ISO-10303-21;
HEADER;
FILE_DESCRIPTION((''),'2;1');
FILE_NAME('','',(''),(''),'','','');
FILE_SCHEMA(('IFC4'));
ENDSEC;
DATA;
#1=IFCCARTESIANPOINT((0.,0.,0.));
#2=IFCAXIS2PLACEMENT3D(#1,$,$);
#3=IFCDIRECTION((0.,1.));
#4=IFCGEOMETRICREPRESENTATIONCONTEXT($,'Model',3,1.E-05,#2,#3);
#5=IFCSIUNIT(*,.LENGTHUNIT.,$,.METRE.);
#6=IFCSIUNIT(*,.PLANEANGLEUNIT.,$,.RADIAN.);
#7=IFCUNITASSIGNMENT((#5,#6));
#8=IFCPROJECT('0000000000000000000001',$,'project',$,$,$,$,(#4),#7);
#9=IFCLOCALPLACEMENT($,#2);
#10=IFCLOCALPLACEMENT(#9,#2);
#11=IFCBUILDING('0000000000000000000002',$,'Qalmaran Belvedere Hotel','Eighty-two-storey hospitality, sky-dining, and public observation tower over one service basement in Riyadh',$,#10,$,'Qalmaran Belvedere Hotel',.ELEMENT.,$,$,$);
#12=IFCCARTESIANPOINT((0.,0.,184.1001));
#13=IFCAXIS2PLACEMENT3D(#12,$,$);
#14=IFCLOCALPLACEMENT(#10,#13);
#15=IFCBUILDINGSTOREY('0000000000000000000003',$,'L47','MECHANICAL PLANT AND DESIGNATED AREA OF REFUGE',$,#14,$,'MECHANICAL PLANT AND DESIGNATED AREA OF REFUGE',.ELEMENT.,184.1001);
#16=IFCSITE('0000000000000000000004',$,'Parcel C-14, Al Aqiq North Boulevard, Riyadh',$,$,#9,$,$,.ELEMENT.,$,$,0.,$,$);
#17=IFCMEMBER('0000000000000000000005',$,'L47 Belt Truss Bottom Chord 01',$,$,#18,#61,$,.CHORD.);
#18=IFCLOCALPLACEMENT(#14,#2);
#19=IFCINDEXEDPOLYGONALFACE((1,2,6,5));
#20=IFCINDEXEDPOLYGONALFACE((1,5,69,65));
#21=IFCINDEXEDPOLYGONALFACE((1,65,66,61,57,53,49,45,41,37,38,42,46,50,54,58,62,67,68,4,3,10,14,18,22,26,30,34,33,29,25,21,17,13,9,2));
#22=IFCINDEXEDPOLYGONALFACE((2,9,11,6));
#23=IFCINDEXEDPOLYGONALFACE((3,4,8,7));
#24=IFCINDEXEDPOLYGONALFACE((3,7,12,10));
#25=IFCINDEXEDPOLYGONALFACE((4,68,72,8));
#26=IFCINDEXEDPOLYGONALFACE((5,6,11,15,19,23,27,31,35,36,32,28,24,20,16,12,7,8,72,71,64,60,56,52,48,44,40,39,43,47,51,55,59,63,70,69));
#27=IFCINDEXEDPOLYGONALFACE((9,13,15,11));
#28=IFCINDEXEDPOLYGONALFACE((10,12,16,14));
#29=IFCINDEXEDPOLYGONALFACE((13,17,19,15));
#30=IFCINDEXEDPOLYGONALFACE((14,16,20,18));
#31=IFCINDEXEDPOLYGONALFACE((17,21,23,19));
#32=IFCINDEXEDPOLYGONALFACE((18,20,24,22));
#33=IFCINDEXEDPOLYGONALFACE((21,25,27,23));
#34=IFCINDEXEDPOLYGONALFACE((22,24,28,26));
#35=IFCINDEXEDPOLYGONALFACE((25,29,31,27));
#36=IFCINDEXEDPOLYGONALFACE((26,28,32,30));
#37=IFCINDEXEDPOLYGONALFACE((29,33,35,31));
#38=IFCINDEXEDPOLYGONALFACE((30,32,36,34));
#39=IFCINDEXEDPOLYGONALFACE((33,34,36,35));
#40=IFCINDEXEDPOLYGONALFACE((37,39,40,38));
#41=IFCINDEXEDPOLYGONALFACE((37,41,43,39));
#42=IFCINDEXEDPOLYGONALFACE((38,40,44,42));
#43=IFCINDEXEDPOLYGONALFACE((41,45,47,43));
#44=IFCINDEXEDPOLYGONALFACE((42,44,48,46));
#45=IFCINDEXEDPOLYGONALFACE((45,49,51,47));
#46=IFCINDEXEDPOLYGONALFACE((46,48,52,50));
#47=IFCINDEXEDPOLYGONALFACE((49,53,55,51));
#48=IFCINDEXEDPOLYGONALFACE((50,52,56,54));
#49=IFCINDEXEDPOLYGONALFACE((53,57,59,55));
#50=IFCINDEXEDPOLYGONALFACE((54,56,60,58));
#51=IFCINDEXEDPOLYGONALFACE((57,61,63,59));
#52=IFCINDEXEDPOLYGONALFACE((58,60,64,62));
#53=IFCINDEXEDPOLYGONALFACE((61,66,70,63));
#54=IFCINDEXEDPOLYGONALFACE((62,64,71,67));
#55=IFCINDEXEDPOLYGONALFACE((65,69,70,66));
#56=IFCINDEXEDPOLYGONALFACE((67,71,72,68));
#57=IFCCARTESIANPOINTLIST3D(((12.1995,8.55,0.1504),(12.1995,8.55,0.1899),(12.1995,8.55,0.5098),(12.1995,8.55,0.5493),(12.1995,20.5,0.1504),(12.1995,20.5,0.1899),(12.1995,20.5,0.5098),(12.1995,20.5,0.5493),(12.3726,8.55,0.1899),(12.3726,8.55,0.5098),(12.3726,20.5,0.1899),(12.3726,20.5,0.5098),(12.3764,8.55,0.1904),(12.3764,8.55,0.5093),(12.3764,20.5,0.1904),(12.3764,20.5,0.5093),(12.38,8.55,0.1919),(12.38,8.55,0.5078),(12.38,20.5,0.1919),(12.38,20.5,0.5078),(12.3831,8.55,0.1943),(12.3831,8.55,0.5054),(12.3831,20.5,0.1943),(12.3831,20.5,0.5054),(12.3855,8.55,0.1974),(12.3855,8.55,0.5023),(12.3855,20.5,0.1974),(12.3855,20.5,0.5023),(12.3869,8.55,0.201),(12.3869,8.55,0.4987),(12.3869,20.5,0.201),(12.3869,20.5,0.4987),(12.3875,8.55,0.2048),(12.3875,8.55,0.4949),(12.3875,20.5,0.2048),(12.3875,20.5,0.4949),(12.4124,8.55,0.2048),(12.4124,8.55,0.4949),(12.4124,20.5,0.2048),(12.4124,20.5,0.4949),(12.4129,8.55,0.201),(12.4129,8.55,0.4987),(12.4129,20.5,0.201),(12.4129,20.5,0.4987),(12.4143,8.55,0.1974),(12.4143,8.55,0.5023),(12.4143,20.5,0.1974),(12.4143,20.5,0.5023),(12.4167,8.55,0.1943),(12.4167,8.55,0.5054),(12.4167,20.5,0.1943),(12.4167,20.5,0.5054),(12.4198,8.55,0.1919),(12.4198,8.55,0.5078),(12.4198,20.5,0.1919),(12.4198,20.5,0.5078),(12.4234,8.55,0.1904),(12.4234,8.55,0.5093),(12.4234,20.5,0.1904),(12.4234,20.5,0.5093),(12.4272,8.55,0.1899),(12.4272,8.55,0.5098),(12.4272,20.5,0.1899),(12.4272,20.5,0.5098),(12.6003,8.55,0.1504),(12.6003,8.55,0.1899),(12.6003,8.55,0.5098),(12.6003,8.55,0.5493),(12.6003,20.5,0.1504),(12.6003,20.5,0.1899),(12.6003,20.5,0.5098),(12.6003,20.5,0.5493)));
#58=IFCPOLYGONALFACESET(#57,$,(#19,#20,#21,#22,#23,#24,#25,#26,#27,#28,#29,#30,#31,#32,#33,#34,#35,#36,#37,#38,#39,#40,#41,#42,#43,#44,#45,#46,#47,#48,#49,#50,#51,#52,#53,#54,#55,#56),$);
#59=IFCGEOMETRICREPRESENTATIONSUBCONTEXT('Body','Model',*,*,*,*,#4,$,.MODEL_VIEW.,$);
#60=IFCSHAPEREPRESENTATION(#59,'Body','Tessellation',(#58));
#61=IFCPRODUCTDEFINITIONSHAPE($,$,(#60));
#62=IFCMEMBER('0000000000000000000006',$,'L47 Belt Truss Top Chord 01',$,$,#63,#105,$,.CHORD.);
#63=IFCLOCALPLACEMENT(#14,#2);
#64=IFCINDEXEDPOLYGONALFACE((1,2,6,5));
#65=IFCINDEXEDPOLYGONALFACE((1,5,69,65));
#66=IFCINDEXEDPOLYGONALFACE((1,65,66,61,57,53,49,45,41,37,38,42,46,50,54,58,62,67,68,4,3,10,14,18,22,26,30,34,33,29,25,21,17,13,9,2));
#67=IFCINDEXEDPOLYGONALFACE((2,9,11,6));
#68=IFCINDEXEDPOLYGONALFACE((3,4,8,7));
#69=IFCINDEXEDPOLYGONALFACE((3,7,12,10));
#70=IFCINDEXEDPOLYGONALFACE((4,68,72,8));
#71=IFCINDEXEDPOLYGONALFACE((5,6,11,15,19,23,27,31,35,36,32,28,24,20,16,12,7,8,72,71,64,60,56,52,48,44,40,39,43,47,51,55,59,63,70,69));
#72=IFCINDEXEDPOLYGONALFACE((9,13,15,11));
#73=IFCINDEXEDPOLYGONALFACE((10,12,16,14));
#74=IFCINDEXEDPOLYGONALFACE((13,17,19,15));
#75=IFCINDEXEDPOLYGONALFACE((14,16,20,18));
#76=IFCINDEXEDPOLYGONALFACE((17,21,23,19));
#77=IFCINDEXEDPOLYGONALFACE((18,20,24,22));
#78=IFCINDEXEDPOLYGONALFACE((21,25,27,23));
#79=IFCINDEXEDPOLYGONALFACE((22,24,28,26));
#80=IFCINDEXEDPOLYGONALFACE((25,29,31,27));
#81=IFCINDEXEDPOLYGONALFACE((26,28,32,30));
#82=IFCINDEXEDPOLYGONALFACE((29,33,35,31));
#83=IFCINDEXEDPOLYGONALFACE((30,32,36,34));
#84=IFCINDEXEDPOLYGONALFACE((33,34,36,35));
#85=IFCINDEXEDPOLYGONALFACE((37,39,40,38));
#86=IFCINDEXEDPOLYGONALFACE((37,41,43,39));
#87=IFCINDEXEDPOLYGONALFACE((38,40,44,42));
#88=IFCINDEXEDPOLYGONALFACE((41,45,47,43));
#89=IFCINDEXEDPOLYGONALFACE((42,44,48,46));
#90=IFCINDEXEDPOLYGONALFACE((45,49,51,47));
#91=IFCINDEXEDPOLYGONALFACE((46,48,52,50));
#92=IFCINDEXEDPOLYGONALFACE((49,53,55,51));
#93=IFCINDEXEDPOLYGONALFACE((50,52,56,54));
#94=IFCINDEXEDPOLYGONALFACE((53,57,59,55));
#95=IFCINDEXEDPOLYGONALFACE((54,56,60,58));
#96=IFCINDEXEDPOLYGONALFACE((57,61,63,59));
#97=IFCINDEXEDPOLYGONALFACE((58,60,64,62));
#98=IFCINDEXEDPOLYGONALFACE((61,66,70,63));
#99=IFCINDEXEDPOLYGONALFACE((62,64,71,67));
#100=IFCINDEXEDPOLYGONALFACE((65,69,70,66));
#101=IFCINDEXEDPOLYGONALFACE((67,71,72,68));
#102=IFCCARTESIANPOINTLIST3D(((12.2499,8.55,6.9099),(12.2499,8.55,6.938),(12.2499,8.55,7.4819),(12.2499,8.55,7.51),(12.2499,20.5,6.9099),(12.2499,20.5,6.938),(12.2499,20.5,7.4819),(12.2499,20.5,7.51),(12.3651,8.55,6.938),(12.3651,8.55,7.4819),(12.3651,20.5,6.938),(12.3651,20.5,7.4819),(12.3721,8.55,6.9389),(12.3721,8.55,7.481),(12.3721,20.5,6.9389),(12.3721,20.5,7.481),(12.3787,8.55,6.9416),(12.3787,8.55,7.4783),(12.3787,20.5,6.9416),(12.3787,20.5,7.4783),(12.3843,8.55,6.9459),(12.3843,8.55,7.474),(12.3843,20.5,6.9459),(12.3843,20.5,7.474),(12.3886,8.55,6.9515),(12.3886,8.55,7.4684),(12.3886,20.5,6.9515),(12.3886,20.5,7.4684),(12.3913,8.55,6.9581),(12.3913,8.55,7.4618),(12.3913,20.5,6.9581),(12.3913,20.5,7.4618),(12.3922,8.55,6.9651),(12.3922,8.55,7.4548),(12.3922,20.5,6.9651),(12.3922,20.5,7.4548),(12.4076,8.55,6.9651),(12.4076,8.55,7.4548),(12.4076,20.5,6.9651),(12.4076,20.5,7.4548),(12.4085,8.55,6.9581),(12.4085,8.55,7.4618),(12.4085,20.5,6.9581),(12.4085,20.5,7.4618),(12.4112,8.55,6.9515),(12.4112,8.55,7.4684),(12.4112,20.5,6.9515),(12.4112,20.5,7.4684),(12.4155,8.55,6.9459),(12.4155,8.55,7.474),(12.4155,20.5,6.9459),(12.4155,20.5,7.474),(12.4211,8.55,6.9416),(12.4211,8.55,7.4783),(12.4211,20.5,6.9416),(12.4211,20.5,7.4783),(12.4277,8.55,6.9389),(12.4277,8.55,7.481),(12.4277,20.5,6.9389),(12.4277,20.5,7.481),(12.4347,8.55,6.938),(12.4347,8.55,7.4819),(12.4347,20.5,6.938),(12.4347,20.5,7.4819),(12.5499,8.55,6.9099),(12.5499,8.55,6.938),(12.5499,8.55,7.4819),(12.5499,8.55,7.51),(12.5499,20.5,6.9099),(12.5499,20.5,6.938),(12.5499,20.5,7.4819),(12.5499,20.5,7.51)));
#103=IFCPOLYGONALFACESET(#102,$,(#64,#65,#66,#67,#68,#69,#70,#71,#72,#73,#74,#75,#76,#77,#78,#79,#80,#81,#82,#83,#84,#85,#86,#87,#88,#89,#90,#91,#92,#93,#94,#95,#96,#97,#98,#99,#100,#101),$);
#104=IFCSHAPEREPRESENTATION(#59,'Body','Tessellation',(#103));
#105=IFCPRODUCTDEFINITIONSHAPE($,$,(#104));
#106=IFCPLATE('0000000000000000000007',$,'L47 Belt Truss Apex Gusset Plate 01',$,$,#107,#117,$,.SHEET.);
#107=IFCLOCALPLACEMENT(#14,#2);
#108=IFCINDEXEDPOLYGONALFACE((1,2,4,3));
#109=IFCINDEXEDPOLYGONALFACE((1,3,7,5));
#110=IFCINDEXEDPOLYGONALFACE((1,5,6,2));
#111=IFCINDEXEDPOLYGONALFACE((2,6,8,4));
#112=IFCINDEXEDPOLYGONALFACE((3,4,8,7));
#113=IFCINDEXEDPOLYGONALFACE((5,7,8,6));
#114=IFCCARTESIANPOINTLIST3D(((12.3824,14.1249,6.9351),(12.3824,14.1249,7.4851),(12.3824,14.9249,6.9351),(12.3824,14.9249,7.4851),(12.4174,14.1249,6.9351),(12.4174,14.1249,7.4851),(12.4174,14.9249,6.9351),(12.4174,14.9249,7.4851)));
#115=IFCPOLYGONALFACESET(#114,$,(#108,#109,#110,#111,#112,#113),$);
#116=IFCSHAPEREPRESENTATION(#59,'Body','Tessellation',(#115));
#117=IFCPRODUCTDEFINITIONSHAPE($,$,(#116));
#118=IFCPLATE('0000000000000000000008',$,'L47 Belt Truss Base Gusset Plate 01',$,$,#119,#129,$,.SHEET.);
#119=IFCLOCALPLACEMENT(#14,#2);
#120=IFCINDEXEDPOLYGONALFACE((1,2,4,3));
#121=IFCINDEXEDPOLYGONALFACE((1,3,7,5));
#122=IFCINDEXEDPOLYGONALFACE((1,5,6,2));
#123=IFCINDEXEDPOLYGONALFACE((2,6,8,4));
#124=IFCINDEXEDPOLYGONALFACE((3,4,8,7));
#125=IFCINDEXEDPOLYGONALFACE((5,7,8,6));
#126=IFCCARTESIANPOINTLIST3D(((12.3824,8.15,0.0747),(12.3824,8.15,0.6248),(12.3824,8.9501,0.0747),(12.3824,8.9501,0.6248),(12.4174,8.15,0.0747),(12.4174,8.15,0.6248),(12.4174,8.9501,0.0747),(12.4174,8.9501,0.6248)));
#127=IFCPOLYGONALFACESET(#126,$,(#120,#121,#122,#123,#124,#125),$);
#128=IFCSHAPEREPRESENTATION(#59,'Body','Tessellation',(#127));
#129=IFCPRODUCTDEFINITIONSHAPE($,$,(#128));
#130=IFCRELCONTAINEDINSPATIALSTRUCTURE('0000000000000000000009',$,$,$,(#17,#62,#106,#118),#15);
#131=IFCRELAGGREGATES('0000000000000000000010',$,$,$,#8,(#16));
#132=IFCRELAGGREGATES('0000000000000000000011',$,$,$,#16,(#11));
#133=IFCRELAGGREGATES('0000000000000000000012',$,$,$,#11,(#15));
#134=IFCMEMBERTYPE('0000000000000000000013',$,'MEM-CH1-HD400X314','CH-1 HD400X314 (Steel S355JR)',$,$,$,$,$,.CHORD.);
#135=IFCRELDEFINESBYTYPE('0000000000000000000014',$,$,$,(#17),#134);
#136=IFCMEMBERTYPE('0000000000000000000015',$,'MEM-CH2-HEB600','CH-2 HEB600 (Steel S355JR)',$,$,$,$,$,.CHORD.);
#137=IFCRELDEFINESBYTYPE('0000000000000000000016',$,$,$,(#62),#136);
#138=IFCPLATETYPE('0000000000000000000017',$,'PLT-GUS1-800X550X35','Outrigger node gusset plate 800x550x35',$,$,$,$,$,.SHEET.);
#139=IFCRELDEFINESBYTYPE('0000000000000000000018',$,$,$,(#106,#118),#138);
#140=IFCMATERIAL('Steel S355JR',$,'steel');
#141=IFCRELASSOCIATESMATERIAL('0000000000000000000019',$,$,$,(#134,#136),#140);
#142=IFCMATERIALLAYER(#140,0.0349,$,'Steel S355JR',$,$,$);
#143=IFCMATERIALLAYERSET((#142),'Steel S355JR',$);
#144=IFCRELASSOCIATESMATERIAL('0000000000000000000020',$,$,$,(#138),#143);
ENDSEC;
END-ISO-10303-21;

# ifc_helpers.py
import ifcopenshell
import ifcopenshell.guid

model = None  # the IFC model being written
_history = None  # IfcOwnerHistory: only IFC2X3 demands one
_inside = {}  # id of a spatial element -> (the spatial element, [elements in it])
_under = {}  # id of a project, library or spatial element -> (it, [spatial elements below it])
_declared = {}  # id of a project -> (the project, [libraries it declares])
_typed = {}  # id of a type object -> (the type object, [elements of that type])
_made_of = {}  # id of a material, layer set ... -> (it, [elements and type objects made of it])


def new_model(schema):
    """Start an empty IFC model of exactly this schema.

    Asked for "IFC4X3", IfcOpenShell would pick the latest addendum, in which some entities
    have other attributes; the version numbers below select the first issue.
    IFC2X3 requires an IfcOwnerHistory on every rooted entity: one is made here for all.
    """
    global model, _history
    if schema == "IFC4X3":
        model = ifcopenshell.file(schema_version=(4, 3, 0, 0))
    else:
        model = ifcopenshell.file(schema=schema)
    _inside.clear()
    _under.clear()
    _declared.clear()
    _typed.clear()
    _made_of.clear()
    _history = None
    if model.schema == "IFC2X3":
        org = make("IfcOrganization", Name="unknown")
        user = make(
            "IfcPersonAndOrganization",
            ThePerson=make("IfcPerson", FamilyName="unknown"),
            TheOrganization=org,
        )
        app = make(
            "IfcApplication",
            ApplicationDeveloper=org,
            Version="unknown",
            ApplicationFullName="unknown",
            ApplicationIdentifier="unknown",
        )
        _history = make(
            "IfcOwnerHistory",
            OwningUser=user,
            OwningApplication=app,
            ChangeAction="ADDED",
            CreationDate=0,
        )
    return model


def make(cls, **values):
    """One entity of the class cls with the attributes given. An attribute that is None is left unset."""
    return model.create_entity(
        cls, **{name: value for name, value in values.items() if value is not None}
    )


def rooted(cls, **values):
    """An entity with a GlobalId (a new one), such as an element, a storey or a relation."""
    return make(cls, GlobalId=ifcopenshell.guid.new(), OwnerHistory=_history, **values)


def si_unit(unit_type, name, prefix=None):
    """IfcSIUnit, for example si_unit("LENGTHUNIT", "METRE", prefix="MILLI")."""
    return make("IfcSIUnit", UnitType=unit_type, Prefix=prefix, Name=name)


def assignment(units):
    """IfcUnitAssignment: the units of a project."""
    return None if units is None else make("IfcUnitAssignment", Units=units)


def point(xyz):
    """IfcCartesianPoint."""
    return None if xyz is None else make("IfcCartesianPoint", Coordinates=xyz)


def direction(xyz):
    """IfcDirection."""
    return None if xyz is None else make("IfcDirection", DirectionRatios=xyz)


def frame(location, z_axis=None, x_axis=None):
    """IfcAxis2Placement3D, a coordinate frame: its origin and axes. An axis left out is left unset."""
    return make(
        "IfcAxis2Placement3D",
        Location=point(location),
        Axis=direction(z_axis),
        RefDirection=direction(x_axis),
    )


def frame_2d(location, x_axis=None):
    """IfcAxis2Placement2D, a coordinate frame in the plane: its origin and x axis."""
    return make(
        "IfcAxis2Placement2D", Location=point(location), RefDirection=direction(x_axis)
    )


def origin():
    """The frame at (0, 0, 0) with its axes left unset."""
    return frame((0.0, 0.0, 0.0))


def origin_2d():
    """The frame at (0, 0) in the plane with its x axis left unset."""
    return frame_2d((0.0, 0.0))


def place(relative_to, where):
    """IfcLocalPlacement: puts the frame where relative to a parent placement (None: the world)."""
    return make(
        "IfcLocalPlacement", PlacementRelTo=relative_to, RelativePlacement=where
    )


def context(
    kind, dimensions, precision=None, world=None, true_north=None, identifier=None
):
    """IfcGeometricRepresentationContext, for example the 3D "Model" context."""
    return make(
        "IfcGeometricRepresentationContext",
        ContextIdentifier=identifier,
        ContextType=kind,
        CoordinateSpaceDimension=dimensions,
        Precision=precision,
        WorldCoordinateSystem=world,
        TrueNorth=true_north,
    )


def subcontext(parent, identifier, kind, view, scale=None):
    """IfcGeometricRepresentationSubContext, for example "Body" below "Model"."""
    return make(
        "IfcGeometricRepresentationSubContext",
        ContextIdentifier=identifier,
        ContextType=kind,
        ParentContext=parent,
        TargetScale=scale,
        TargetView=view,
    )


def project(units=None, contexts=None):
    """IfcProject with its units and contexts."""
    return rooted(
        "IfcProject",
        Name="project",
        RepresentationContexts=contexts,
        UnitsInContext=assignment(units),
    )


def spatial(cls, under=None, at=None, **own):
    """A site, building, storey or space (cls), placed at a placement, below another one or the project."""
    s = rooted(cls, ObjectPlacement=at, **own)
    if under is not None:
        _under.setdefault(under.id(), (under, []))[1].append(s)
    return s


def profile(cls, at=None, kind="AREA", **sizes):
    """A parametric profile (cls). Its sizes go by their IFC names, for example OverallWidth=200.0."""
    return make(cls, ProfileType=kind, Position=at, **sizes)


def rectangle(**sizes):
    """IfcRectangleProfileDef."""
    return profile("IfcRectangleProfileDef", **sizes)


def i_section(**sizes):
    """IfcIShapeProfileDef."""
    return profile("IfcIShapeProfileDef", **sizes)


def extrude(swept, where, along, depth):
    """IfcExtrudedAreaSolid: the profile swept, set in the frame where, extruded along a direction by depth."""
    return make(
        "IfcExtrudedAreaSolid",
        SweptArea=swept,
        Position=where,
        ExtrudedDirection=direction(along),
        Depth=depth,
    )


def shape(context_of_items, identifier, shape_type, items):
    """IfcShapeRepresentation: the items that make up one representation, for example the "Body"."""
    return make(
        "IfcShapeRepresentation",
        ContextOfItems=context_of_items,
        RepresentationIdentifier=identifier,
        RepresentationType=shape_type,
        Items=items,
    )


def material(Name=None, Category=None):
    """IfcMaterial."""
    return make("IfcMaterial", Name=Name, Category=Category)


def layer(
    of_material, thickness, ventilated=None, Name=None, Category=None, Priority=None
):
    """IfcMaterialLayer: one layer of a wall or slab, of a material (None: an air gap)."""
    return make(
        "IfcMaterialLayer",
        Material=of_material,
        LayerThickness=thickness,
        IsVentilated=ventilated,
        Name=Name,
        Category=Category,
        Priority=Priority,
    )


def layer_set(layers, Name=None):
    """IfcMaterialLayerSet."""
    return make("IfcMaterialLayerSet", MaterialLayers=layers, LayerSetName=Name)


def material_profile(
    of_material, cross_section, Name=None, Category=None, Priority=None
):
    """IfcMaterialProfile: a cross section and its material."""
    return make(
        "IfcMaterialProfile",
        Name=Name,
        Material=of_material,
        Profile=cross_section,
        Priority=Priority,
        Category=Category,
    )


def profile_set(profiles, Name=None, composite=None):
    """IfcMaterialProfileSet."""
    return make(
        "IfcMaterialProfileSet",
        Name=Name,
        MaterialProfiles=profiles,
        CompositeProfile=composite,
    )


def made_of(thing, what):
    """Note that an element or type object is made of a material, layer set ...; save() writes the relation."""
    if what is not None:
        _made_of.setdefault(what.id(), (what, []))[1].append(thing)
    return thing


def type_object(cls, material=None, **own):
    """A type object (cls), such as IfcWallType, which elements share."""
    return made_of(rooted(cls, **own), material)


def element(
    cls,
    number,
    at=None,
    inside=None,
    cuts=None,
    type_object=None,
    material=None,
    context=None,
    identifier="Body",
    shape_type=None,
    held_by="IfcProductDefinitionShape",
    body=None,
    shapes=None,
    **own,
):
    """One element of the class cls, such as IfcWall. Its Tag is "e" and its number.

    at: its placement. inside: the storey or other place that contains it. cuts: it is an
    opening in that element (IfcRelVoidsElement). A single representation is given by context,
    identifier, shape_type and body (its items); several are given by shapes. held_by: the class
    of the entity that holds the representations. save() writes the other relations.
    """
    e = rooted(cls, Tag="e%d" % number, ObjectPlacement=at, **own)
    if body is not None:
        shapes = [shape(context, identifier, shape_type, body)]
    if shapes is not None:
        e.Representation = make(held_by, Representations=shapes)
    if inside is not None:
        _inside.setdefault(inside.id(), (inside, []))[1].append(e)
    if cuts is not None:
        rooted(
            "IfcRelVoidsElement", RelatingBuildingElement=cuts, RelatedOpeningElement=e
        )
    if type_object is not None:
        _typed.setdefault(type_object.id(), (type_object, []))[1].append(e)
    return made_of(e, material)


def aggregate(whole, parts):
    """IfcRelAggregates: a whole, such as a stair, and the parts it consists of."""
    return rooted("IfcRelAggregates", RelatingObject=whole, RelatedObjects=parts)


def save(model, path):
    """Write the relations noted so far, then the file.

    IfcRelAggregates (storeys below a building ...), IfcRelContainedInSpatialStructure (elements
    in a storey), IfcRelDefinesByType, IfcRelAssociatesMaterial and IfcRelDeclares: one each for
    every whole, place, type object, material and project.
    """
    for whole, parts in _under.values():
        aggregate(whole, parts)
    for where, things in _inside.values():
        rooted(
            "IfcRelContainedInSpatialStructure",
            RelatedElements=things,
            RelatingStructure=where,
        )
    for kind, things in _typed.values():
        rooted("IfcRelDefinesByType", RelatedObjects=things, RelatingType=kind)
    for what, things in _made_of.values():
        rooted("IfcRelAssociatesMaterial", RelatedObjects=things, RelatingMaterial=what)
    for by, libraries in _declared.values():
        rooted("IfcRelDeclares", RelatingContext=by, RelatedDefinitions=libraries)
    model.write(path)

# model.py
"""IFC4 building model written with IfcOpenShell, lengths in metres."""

from ifc_helpers import new_model, si_unit, direction, frame, origin, origin_2d, place, context, subcontext, project, spatial, rectangle, i_section, extrude, material, layer, layer_set, material_profile, profile_set, type_object, element, save


model = new_model("IFC4")

# Units and contexts
model_context = context("Model", 3, precision=1e-05, world=origin(), true_north=direction((0.0, 1.0)))
body_context = subcontext(model_context, "Body", "Model", "MODEL_VIEW")
ifc_project = project(units=[si_unit("LENGTHUNIT", "METRE"), si_unit("PLANEANGLEUNIT", "RADIAN")], contexts=[model_context])

# Site, building, storey
site_placement = place(None, origin())
site = spatial("IfcSite", under=ifc_project, at=site_placement, Name="Parcel C-14, Al Aqiq North Boulevard, Riyadh", CompositionType="ELEMENT", RefElevation=0.0)
building_placement = place(site_placement, origin())
building = spatial("IfcBuilding", under=site, at=building_placement, Name="Qalmaran Belvedere Hotel", Description="Eighty-two-storey hospitality, sky-dining, and public observation tower over one service basement in Riyadh", LongName="Qalmaran Belvedere Hotel", CompositionType="ELEMENT")
storey_placement = place(building_placement, frame((0.0, 0.0, 184.1001)))
storey = spatial("IfcBuildingStorey", under=building, at=storey_placement, Name="L47", Description="MECHANICAL PLANT AND DESIGNATED AREA OF REFUGE", LongName="MECHANICAL PLANT AND DESIGNATED AREA OF REFUGE", CompositionType="ELEMENT", Elevation=184.1001)

# Shared definitions
ifc_material_1 = material(Name="Steel S355JR", Category="steel")

# Members
ifc_material_profile_1 = material_profile(ifc_material_1, i_section(OverallWidth=0.4009, OverallDepth=0.3989, WebThickness=0.0249, FlangeThickness=0.0396, FilletRadius=0.0149, at=origin_2d()), Name="HD400X314")
ifc_profile_set_1 = profile_set([ifc_material_profile_1], Name="Steel S355JR")
member_type_1 = type_object("IfcMemberType", Name="MEM-CH1-HD400X314", Description="CH-1 HD400X314 (Steel S355JR)", PredefinedType="CHORD", material=ifc_profile_set_1)
member_1_placement = place(storey_placement, frame((12.3999, 8.55, 0.3499), z_axis=(0.0, 1.0, 0.0), x_axis=(-1.0, 0.0, 0.0)))
element("IfcMember", 1, at=member_1_placement, inside=storey, type_object=member_type_1, Name="L47 Belt Truss Bottom Chord 01", PredefinedType="CHORD", context=body_context, shape_type="SweptSolid", body=[
    extrude(i_section(OverallWidth=0.4009, OverallDepth=0.3989, WebThickness=0.0249, FlangeThickness=0.0396, FilletRadius=0.0149, at=origin_2d()), origin(), (0.0, 0.0, 1.0), 11.95),
])
ifc_material_profile_2 = material_profile(ifc_material_1, i_section(OverallWidth=0.3, OverallDepth=0.6001, WebThickness=0.0154, FlangeThickness=0.0281, FilletRadius=0.0271, at=origin_2d()), Name="HEB600")
ifc_profile_set_2 = profile_set([ifc_material_profile_2], Name="Steel S355JR")
member_type_2 = type_object("IfcMemberType", Name="MEM-CH2-HEB600", Description="CH-2 HEB600 (Steel S355JR)", PredefinedType="CHORD", material=ifc_profile_set_2)
member_2_placement = place(storey_placement, frame((12.3999, 8.55, 7.21), z_axis=(0.0, 1.0, 0.0), x_axis=(-1.0, 0.0, 0.0)))
element("IfcMember", 2, at=member_2_placement, inside=storey, type_object=member_type_2, Name="L47 Belt Truss Top Chord 01", PredefinedType="CHORD", context=body_context, shape_type="SweptSolid", body=[
    extrude(i_section(OverallWidth=0.3, OverallDepth=0.6001, WebThickness=0.0154, FlangeThickness=0.0281, FilletRadius=0.0271, at=origin_2d()), origin(), (0.0, 0.0, 1.0), 11.95),
])

# Plates
ifc_layer_1 = layer(ifc_material_1, 0.0349, Name="Steel S355JR")
ifc_layer_set_1 = layer_set([ifc_layer_1], Name="Steel S355JR")
plate_type = type_object("IfcPlateType", Name="PLT-GUS1-800X550X35", Description="Outrigger node gusset plate 800x550x35", PredefinedType="SHEET", material=ifc_layer_set_1)
for number, where, z_axis, x_axis, name in (
    (3, (12.3999, 14.5249, 6.9351), (0.0, 0.0, 1.0), (0.0, 1.0, 0.0), "L47 Belt Truss Apex Gusset Plate 01"),
    (4, (12.3999, 8.55, 0.0747), (0.0, 0.0, 1.0), (0.0, 1.0, 0.0), "L47 Belt Truss Base Gusset Plate 01"),
):
    element("IfcPlate", number, at=place(storey_placement, frame(where, z_axis=z_axis, x_axis=x_axis)), inside=storey, type_object=plate_type, Name=name, PredefinedType="SHEET", context=body_context, shape_type="SweptSolid", body=[
        extrude(rectangle(XDim=0.8, YDim=0.0349, at=origin_2d()), origin(), (0.0, 0.0, 1.0), 0.55),
    ])

save(model, "model.ifc")
